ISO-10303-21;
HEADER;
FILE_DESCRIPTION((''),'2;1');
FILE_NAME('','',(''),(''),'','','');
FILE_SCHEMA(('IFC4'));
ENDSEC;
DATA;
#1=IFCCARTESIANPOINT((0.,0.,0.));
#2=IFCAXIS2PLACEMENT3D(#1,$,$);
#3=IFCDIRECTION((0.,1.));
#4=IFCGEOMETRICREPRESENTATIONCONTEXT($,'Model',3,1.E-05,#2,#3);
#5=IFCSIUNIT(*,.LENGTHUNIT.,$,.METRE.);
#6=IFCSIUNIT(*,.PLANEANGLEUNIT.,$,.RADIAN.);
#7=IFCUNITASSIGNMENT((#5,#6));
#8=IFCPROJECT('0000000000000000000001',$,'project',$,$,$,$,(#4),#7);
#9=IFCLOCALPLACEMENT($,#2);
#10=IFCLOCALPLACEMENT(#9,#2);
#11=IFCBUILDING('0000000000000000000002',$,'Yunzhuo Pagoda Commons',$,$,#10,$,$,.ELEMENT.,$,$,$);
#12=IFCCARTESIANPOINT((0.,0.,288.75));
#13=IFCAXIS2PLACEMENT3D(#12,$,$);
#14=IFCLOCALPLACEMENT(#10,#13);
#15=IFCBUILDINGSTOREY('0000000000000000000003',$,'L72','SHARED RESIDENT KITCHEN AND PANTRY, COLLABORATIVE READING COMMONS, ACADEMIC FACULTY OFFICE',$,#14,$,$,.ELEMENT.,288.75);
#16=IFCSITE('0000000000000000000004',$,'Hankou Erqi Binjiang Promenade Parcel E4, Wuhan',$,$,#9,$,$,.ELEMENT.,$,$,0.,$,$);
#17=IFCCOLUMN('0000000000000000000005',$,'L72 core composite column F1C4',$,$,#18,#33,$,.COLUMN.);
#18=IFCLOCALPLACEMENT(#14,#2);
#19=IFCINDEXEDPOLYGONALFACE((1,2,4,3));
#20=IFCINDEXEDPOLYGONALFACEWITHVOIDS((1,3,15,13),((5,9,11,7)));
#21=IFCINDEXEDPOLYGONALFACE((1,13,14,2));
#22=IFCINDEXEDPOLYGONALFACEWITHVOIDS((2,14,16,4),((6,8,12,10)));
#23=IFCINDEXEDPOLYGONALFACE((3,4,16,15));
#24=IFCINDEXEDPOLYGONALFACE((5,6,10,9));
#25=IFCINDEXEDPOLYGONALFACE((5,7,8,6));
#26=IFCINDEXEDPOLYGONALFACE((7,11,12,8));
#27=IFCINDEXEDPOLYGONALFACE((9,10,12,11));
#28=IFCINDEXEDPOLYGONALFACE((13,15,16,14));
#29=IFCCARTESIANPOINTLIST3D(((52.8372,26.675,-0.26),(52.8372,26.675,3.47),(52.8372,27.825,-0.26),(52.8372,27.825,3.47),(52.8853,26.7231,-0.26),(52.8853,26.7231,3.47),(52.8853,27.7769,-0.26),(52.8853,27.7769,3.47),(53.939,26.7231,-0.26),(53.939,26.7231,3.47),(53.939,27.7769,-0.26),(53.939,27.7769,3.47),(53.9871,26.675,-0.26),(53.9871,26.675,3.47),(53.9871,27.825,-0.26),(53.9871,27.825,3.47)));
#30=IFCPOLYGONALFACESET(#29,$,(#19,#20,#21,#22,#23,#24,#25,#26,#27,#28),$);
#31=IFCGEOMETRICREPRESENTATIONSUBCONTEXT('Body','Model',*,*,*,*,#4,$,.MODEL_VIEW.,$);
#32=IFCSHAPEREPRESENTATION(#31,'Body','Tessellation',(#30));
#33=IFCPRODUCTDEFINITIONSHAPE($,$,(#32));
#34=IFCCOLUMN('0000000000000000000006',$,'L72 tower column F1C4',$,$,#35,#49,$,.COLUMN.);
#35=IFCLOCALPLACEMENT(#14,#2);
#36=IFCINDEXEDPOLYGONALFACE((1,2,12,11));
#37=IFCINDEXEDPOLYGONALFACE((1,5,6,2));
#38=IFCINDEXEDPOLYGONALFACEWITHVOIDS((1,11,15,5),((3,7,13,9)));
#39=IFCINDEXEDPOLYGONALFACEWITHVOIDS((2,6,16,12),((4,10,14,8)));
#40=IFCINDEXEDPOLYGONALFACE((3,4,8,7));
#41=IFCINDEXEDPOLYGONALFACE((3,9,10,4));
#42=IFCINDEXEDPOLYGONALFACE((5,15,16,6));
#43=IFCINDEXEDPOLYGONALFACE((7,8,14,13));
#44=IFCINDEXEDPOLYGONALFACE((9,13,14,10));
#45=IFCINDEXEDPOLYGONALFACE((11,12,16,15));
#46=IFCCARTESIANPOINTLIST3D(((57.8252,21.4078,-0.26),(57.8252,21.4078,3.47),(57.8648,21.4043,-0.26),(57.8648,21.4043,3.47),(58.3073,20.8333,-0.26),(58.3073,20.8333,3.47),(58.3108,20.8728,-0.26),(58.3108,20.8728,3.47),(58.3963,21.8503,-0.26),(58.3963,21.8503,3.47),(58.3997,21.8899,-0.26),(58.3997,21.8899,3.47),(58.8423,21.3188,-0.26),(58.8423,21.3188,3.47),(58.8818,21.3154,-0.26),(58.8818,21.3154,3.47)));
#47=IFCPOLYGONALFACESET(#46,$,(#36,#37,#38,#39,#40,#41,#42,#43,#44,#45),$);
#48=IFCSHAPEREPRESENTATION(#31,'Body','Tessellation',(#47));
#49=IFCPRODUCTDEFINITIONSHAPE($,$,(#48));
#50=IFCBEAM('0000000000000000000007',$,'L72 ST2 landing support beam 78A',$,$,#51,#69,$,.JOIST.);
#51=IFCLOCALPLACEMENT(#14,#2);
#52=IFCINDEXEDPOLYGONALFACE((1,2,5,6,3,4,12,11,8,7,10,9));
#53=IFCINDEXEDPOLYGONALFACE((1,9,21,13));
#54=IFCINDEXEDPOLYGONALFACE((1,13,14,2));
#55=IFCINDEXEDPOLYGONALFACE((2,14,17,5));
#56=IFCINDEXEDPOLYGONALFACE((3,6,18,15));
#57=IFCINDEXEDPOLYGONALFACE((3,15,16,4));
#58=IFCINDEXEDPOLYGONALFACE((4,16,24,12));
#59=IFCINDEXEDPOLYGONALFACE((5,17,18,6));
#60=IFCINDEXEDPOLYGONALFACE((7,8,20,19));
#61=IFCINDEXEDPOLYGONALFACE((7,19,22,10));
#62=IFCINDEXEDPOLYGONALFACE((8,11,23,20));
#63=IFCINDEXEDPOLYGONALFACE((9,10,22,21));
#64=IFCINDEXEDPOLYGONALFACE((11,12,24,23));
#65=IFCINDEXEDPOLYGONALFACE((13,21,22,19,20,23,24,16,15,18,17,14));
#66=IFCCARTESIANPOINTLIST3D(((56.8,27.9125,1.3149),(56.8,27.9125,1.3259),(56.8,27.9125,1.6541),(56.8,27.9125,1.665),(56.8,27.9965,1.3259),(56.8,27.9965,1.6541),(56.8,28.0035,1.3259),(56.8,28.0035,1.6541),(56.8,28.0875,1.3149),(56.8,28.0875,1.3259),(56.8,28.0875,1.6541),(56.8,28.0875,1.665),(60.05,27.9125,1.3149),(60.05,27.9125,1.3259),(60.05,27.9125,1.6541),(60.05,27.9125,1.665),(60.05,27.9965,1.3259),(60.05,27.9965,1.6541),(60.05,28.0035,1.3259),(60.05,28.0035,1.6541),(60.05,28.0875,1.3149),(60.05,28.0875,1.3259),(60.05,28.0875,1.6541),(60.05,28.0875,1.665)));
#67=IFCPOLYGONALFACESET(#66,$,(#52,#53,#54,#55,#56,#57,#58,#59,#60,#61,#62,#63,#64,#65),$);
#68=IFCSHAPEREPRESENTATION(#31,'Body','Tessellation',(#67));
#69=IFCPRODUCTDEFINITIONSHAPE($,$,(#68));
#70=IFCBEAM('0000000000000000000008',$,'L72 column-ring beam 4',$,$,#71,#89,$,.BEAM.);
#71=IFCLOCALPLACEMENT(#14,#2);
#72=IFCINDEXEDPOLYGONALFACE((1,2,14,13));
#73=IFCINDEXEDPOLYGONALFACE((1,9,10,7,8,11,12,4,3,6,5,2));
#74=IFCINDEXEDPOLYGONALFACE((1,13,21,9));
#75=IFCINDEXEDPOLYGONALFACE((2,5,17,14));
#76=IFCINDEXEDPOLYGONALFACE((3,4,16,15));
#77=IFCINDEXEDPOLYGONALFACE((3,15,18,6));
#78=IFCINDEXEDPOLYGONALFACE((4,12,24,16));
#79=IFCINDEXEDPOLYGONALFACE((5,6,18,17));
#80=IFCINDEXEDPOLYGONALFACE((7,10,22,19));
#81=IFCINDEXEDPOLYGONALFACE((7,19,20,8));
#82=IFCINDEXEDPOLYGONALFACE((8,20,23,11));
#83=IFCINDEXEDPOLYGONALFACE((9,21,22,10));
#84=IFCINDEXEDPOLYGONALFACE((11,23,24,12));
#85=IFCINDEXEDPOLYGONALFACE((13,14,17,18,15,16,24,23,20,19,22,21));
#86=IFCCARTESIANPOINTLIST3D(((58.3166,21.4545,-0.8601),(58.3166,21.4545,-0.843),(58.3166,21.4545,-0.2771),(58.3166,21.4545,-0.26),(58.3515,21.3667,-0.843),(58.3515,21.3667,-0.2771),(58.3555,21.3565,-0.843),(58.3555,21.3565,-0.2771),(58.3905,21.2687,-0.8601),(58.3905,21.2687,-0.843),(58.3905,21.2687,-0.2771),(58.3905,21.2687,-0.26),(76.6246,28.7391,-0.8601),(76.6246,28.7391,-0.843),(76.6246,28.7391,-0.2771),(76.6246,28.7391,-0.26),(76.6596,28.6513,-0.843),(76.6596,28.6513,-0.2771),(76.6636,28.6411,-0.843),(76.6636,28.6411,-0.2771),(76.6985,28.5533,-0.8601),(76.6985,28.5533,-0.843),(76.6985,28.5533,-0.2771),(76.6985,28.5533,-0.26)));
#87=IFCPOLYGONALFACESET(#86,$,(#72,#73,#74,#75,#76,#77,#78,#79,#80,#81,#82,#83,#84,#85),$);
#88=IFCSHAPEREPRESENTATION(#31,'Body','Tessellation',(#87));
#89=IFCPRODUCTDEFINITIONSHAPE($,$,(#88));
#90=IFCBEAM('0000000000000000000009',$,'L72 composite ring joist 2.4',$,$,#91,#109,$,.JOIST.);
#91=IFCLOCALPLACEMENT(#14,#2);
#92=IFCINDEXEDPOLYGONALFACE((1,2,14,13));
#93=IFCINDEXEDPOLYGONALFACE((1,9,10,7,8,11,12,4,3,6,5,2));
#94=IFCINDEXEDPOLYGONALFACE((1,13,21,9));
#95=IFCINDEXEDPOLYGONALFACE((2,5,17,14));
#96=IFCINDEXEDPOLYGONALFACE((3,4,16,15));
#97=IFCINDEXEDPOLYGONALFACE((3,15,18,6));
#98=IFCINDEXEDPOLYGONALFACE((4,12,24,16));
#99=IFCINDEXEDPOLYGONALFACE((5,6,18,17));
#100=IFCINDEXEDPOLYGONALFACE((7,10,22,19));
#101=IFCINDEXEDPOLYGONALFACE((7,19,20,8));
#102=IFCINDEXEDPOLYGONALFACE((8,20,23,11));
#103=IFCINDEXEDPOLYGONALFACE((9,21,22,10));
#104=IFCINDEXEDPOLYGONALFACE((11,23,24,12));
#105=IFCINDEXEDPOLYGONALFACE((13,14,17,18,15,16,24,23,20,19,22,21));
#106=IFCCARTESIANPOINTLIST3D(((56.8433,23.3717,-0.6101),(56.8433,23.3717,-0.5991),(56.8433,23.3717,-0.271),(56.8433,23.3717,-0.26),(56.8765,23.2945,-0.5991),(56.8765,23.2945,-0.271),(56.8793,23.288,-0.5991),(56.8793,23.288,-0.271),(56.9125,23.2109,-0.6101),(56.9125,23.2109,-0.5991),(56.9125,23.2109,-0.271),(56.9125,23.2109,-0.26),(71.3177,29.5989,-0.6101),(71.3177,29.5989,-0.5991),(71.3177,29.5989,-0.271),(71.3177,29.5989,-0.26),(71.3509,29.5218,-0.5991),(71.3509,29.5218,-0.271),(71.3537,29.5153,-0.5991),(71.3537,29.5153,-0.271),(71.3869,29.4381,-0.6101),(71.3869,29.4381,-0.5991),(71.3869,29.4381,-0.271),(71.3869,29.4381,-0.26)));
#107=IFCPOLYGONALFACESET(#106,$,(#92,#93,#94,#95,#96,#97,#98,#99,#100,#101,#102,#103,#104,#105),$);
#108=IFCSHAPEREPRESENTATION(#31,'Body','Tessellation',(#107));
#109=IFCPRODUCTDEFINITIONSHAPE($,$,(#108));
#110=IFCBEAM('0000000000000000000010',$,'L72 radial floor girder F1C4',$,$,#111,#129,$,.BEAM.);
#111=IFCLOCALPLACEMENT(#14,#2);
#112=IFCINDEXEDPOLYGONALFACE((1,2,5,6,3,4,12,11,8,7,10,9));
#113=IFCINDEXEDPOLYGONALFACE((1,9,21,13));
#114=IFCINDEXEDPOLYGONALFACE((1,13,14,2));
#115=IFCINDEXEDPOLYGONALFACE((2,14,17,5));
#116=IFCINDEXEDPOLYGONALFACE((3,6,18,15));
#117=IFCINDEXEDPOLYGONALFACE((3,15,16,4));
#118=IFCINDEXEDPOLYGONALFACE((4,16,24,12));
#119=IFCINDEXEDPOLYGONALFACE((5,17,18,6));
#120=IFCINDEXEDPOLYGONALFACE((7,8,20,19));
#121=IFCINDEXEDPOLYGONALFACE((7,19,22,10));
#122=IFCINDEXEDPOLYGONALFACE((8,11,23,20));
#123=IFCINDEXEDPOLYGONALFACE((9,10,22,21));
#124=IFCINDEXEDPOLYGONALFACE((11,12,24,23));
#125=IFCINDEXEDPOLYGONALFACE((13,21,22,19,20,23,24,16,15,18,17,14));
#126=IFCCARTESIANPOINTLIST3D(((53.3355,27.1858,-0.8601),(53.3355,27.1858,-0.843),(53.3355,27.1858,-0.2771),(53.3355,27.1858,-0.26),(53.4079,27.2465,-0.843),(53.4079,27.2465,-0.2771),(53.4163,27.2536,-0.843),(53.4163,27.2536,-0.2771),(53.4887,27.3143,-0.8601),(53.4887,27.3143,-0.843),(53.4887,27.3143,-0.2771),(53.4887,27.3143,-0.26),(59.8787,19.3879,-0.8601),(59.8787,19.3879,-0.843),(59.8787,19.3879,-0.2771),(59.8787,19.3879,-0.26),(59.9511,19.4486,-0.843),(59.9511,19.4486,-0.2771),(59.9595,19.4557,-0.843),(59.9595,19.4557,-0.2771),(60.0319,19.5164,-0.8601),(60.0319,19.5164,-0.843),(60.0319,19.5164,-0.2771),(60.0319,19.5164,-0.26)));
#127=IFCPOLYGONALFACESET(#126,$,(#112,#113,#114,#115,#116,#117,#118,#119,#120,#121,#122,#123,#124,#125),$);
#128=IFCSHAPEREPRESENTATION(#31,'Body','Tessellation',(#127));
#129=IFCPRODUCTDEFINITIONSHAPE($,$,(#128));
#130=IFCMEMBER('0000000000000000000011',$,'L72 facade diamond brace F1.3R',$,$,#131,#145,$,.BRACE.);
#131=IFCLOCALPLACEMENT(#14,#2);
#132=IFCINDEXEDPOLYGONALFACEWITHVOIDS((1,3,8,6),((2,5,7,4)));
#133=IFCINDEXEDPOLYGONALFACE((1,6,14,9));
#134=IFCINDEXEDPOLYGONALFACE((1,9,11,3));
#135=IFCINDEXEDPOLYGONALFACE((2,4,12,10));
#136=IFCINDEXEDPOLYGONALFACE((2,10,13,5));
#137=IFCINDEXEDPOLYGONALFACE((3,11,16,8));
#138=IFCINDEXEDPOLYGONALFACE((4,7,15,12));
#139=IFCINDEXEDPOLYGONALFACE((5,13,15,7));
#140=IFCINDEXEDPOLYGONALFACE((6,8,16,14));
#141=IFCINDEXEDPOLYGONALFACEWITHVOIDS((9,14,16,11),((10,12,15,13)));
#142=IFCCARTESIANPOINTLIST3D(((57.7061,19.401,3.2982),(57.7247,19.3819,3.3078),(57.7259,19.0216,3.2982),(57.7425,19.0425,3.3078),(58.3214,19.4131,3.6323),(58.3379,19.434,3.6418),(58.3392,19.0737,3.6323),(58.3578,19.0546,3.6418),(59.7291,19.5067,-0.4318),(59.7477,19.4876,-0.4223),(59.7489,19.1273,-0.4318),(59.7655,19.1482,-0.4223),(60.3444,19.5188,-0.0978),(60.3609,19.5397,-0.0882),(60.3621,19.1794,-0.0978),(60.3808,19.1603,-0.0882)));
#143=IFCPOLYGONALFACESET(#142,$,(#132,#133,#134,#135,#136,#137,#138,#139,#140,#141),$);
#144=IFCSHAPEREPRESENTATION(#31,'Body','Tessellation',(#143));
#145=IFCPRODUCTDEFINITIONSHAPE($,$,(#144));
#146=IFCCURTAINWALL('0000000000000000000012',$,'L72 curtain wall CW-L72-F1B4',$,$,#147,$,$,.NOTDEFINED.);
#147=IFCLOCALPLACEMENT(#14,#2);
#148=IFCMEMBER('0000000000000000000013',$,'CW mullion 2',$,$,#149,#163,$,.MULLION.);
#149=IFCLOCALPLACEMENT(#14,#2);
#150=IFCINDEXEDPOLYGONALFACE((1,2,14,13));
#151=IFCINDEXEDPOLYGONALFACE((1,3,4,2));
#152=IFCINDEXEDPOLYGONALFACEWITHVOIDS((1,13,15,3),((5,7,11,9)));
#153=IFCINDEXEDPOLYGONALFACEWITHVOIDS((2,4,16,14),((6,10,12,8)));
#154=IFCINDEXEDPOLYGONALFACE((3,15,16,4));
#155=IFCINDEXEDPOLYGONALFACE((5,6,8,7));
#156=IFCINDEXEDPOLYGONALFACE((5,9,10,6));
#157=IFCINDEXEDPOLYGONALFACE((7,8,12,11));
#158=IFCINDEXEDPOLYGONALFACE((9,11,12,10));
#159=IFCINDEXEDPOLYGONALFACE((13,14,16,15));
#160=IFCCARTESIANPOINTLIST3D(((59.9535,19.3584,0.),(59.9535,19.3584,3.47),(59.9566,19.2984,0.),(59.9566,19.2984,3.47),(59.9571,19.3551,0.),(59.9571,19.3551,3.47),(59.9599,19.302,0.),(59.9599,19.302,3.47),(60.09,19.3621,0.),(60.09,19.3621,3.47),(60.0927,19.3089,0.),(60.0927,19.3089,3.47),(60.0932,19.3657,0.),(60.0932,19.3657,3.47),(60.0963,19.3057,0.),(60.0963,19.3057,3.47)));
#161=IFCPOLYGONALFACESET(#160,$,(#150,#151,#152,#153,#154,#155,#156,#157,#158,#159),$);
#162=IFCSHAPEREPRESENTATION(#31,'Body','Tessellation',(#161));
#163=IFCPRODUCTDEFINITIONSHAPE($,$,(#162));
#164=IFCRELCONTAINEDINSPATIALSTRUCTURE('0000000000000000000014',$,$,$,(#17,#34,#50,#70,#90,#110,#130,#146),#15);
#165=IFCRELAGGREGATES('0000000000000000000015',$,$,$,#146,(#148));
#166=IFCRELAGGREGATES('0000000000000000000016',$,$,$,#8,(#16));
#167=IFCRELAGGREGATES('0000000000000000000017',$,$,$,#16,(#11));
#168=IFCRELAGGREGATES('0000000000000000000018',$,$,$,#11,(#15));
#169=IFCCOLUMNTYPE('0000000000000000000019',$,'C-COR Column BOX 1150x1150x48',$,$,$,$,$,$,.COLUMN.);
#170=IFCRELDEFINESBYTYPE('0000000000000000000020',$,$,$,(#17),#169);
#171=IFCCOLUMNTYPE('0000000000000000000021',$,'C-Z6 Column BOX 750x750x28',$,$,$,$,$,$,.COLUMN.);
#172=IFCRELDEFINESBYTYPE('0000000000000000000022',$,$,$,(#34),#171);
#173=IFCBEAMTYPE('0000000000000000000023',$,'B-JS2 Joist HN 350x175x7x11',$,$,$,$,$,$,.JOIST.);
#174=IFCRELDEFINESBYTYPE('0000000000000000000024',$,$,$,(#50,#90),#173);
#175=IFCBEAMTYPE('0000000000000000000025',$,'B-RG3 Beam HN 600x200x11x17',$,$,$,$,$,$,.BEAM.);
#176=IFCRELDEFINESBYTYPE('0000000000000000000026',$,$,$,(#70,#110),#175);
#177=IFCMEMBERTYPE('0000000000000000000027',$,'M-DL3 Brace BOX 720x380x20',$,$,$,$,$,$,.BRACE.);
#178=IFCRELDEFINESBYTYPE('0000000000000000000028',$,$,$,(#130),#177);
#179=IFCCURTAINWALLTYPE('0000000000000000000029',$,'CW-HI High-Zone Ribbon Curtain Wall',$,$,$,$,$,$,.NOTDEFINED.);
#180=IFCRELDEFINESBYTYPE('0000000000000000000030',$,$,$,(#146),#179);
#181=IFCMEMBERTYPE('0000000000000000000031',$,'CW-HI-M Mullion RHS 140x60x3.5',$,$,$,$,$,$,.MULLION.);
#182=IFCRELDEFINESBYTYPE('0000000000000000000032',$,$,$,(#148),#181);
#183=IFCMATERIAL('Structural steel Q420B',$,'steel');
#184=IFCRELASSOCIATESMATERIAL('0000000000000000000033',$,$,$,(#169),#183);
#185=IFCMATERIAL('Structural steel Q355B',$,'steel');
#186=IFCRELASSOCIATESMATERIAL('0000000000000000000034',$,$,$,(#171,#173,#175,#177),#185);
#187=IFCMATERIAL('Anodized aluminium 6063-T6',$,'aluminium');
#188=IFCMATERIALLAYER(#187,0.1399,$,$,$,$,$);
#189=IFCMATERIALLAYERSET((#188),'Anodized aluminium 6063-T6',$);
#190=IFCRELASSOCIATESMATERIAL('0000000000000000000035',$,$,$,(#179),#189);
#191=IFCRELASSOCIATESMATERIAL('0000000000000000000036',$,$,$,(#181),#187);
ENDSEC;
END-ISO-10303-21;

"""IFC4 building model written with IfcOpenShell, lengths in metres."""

from ifc_helpers import new_model, si_unit, direction, frame, origin, origin_2d, place, context, subcontext, project, spatial, hollow_rectangle, i_section, extrude, source, transform, mapped, material, layer, layer_set, material_profile, profile_set, type_object, element, aggregate, save


model = new_model("IFC4")

# Units and contexts
model_context = context("Model", 3, precision=1e-05, world=origin(), true_north=direction((0.0, 1.0)))
body_context = subcontext(model_context, "Body", "Model", "MODEL_VIEW")
ifc_project = project(units=[si_unit("LENGTHUNIT", "METRE"), si_unit("PLANEANGLEUNIT", "RADIAN")], contexts=[model_context])

# Site, building, storey
site_placement = place(None, origin())
site = spatial("IfcSite", under=ifc_project, at=site_placement, Name="Hankou Erqi Binjiang Promenade Parcel E4, Wuhan", CompositionType="ELEMENT", RefElevation=0.0)
building_placement = place(site_placement, origin())
building = spatial("IfcBuilding", under=site, at=building_placement, Name="Yunzhuo Pagoda Commons", CompositionType="ELEMENT")
storey_placement = place(building_placement, frame((0.0, 0.0, 288.75)))
storey = spatial("IfcBuildingStorey", under=building, at=storey_placement, Name="L72", Description="SHARED RESIDENT KITCHEN AND PANTRY, COLLABORATIVE READING COMMONS, ACADEMIC FACULTY OFFICE", CompositionType="ELEMENT", Elevation=288.75)

# Columns
ifc_material_1 = material(Name="Structural steel Q420B", Category="steel")
ifc_material_profile_1 = material_profile(ifc_material_1, hollow_rectangle(XDim=1.1499, YDim=1.1499, WallThickness=0.0481, at=origin_2d()), Name="Structural steel Q420B")
ifc_profile_set_1 = profile_set([ifc_material_profile_1], Name="Structural steel Q420B")
column_type_1 = type_object("IfcColumnType", Name="C-COR Column BOX 1150x1150x48", PredefinedType="COLUMN", material=ifc_profile_set_1)
shared_shape_1 = source(origin(), body_context, "Body", "SweptSolid", [
    extrude(hollow_rectangle(XDim=1.1499, YDim=1.1499, WallThickness=0.0481, at=origin_2d()), origin(), (0.0, 0.0, 1.0), 3.73),
])
column_1_placement = place(storey_placement, frame((53.4121, 27.25, -0.26), z_axis=(0.0, 0.0, 1.0), x_axis=(1.0, 0.0, 0.0)))
element("IfcColumn", 1, at=column_1_placement, inside=storey, type_object=column_type_1, Name="L72 core composite column F1C4", PredefinedType="COLUMN", context=body_context, shape_type="MappedRepresentation", body=[
    mapped(shared_shape_1, transform((0.0, 0.0, 0.0), scale=1.0)),
])
ifc_material_2 = material(Name="Structural steel Q355B", Category="steel")
ifc_material_profile_2 = material_profile(ifc_material_2, hollow_rectangle(XDim=0.75, YDim=0.75, WallThickness=0.0281, at=origin_2d()), Name="Structural steel Q355B")
ifc_profile_set_2 = profile_set([ifc_material_profile_2], Name="Structural steel Q355B")
column_type_2 = type_object("IfcColumnType", Name="C-Z6 Column BOX 750x750x28", PredefinedType="COLUMN", material=ifc_profile_set_2)
shared_shape_2 = source(origin(), body_context, "Body", "SweptSolid", [
    extrude(hollow_rectangle(XDim=0.75, YDim=0.75, WallThickness=0.0281, at=origin_2d()), origin(), (0.0, 0.0, 1.0), 3.73),
])
column_2_placement = place(storey_placement, frame((58.3535, 21.3616, -0.26), z_axis=(0.0, 0.0, 1.0), x_axis=(0.766044, 0.642788, 0.0)))
element("IfcColumn", 2, at=column_2_placement, inside=storey, type_object=column_type_2, Name="L72 tower column F1C4", PredefinedType="COLUMN", context=body_context, shape_type="MappedRepresentation", body=[
    mapped(shared_shape_2, transform((0.0, 0.0, 0.0), scale=1.0)),
])

# Beams
ifc_material_profile_3 = material_profile(ifc_material_2, i_section(OverallWidth=0.175, OverallDepth=0.3501, WebThickness=0.0071, FlangeThickness=0.011, at=origin_2d()), Name="Structural steel Q355B")
ifc_profile_set_3 = profile_set([ifc_material_profile_3], Name="Structural steel Q355B")
beam_type_1 = type_object("IfcBeamType", Name="B-JS2 Joist HN 350x175x7x11", PredefinedType="JOIST", material=ifc_profile_set_3)
shared_shape_3 = source(origin(), body_context, "Body", "SweptSolid", [
    extrude(i_section(OverallWidth=0.175, OverallDepth=0.3501, WebThickness=0.0071, FlangeThickness=0.011, at=origin_2d()), origin(), (0.0, 0.0, 1.0), 3.25),
])
beam_1_placement = place(storey_placement, frame((56.8, 28.0, 1.49), z_axis=(1.0, 0.0, 0.0), x_axis=(0.0, 1.0, 0.0)))
element("IfcBeam", 3, at=beam_1_placement, inside=storey, type_object=beam_type_1, Name="L72 ST2 landing support beam 78A", PredefinedType="JOIST", context=body_context, shape_type="MappedRepresentation", body=[
    mapped(shared_shape_3, transform((0.0, 0.0, 0.0), scale=1.0)),
])
ifc_material_profile_4 = material_profile(ifc_material_2, i_section(OverallWidth=0.2, OverallDepth=0.6001, WebThickness=0.011, FlangeThickness=0.0171, at=origin_2d()), Name="Structural steel Q355B")
ifc_profile_set_4 = profile_set([ifc_material_profile_4], Name="Structural steel Q355B")
beam_type_2 = type_object("IfcBeamType", Name="B-RG3 Beam HN 600x200x11x17", PredefinedType="BEAM", material=ifc_profile_set_4)
shared_shape_4 = source(origin(), body_context, "Body", "SweptSolid", [
    extrude(i_section(OverallWidth=0.2, OverallDepth=0.6001, WebThickness=0.011, FlangeThickness=0.0171, at=origin_2d()), origin(), (0.0, 0.0, 1.0), 19.7041),
])
beam_2_placement = place(storey_placement, frame((58.3535, 21.3616, -0.5601), z_axis=(0.92915, 0.369702, 0.0), x_axis=(-0.369702, 0.92915, 0.0)))
element("IfcBeam", 4, at=beam_2_placement, inside=storey, type_object=beam_type_2, Name="L72 column-ring beam 4", PredefinedType="BEAM", context=body_context, shape_type="MappedRepresentation", body=[
    mapped(shared_shape_4, transform((0.0, 0.0, 0.0), scale=1.0)),
])
shared_shape_5 = source(origin(), body_context, "Body", "SweptSolid", [
    extrude(i_section(OverallWidth=0.175, OverallDepth=0.3501, WebThickness=0.0071, FlangeThickness=0.011, at=origin_2d()), origin(), (0.0, 0.0, 1.0), 15.7571),
])
beam_3_placement = place(storey_placement, frame((56.8779, 23.2913, -0.4351), z_axis=(0.918593, 0.395205, 0.0), x_axis=(-0.395205, 0.918593, 0.0)))
element("IfcBeam", 5, at=beam_3_placement, inside=storey, type_object=beam_type_1, Name="L72 composite ring joist 2.4", PredefinedType="JOIST", context=body_context, shape_type="MappedRepresentation", body=[
    mapped(shared_shape_5, transform((0.0, 0.0, 0.0), scale=1.0)),
])
shared_shape_6 = source(origin(), body_context, "Body", "SweptSolid", [
    extrude(i_section(OverallWidth=0.2, OverallDepth=0.6001, WebThickness=0.011, FlangeThickness=0.0171, at=origin_2d()), origin(), (0.0, 0.0, 1.0), 10.1794),
])
beam_4_placement = place(storey_placement, frame((59.9553, 19.4521, -0.5601), z_axis=(-0.64279, 0.766043, 0.0), x_axis=(-0.766043, -0.64279, 0.0)))
element("IfcBeam", 6, at=beam_4_placement, inside=storey, type_object=beam_type_2, Name="L72 radial floor girder F1C4", PredefinedType="BEAM", context=body_context, shape_type="MappedRepresentation", body=[
    mapped(shared_shape_6, transform((0.0, 0.0, 0.0), scale=1.0)),
])

# Member
ifc_material_profile_5 = material_profile(ifc_material_2, hollow_rectangle(XDim=0.3799, YDim=0.72, WallThickness=0.02, at=origin_2d()), Name="Structural steel Q355B")
ifc_profile_set_5 = profile_set([ifc_material_profile_5], Name="Structural steel Q355B")
member_type_1 = type_object("IfcMemberType", Name="M-DL3 Brace BOX 720x380x20", PredefinedType="BRACE", material=ifc_profile_set_5)
shared_shape_7 = source(origin(), body_context, "Body", "SweptSolid", [
    extrude(hollow_rectangle(XDim=0.3799, YDim=0.72, WallThickness=0.02, at=origin_2d()), origin(), (0.0, 0.0, 1.0), 4.2446),
])
member_1_placement = place(storey_placement, frame((60.0549, 19.3335, -0.26), z_axis=(-0.476599, -0.024906, 0.878768), x_axis=(0.052186, -0.998637, 0.0)))
element("IfcMember", 7, at=member_1_placement, inside=storey, type_object=member_type_1, Name="L72 facade diamond brace F1.3R", PredefinedType="BRACE", context=body_context, shape_type="MappedRepresentation", body=[
    mapped(shared_shape_7, transform((0.0, 0.0, 0.0), scale=1.0)),
])

# Curtain wall, member
ifc_material_3 = material(Name="Anodized aluminium 6063-T6", Category="aluminium")
ifc_layer_1 = layer(ifc_material_3, 0.1399)
ifc_layer_set_1 = layer_set([ifc_layer_1], Name="Anodized aluminium 6063-T6")
curtain_wall_type = type_object("IfcCurtainWallType", Name="CW-HI High-Zone Ribbon Curtain Wall", PredefinedType="NOTDEFINED", material=ifc_layer_set_1)
curtain_wall_placement = place(storey_placement, origin())
curtain_wall = element("IfcCurtainWall", 8, at=curtain_wall_placement, inside=storey, type_object=curtain_wall_type, Name="L72 curtain wall CW-L72-F1B4", PredefinedType="NOTDEFINED")
ifc_material_profile_6 = material_profile(ifc_material_3, hollow_rectangle(XDim=0.0601, YDim=0.1399, WallThickness=0.0034, at=origin_2d()), Name="Anodized aluminium 6063-T6")
ifc_profile_set_6 = profile_set([ifc_material_profile_6], Name="Anodized aluminium 6063-T6")
member_type_2 = type_object("IfcMemberType", Name="CW-HI-M Mullion RHS 140x60x3.5", PredefinedType="MULLION", material=ifc_profile_set_6)
shared_shape_8 = source(origin(), body_context, "Body", "SweptSolid", [
    extrude(hollow_rectangle(XDim=0.0601, YDim=0.1399, WallThickness=0.0034, at=origin_2d()), origin(), (0.0, 0.0, 1.0), 3.47),
])
member_2_placement = place(storey_placement, frame((60.0249, 19.332, 0.0), z_axis=(0.0, 0.0, 1.0), x_axis=(-0.05219, 0.998637, 0.0)))
member_2 = element("IfcMember", 9, at=member_2_placement, type_object=member_type_2, Name="CW mullion 2", PredefinedType="MULLION", context=body_context, shape_type="MappedRepresentation", body=[
    mapped(shared_shape_8, transform((0.0, 0.0, 0.0), scale=1.0)),
])
aggregate(curtain_wall, [member_2])

save(model, "model.ifc")
